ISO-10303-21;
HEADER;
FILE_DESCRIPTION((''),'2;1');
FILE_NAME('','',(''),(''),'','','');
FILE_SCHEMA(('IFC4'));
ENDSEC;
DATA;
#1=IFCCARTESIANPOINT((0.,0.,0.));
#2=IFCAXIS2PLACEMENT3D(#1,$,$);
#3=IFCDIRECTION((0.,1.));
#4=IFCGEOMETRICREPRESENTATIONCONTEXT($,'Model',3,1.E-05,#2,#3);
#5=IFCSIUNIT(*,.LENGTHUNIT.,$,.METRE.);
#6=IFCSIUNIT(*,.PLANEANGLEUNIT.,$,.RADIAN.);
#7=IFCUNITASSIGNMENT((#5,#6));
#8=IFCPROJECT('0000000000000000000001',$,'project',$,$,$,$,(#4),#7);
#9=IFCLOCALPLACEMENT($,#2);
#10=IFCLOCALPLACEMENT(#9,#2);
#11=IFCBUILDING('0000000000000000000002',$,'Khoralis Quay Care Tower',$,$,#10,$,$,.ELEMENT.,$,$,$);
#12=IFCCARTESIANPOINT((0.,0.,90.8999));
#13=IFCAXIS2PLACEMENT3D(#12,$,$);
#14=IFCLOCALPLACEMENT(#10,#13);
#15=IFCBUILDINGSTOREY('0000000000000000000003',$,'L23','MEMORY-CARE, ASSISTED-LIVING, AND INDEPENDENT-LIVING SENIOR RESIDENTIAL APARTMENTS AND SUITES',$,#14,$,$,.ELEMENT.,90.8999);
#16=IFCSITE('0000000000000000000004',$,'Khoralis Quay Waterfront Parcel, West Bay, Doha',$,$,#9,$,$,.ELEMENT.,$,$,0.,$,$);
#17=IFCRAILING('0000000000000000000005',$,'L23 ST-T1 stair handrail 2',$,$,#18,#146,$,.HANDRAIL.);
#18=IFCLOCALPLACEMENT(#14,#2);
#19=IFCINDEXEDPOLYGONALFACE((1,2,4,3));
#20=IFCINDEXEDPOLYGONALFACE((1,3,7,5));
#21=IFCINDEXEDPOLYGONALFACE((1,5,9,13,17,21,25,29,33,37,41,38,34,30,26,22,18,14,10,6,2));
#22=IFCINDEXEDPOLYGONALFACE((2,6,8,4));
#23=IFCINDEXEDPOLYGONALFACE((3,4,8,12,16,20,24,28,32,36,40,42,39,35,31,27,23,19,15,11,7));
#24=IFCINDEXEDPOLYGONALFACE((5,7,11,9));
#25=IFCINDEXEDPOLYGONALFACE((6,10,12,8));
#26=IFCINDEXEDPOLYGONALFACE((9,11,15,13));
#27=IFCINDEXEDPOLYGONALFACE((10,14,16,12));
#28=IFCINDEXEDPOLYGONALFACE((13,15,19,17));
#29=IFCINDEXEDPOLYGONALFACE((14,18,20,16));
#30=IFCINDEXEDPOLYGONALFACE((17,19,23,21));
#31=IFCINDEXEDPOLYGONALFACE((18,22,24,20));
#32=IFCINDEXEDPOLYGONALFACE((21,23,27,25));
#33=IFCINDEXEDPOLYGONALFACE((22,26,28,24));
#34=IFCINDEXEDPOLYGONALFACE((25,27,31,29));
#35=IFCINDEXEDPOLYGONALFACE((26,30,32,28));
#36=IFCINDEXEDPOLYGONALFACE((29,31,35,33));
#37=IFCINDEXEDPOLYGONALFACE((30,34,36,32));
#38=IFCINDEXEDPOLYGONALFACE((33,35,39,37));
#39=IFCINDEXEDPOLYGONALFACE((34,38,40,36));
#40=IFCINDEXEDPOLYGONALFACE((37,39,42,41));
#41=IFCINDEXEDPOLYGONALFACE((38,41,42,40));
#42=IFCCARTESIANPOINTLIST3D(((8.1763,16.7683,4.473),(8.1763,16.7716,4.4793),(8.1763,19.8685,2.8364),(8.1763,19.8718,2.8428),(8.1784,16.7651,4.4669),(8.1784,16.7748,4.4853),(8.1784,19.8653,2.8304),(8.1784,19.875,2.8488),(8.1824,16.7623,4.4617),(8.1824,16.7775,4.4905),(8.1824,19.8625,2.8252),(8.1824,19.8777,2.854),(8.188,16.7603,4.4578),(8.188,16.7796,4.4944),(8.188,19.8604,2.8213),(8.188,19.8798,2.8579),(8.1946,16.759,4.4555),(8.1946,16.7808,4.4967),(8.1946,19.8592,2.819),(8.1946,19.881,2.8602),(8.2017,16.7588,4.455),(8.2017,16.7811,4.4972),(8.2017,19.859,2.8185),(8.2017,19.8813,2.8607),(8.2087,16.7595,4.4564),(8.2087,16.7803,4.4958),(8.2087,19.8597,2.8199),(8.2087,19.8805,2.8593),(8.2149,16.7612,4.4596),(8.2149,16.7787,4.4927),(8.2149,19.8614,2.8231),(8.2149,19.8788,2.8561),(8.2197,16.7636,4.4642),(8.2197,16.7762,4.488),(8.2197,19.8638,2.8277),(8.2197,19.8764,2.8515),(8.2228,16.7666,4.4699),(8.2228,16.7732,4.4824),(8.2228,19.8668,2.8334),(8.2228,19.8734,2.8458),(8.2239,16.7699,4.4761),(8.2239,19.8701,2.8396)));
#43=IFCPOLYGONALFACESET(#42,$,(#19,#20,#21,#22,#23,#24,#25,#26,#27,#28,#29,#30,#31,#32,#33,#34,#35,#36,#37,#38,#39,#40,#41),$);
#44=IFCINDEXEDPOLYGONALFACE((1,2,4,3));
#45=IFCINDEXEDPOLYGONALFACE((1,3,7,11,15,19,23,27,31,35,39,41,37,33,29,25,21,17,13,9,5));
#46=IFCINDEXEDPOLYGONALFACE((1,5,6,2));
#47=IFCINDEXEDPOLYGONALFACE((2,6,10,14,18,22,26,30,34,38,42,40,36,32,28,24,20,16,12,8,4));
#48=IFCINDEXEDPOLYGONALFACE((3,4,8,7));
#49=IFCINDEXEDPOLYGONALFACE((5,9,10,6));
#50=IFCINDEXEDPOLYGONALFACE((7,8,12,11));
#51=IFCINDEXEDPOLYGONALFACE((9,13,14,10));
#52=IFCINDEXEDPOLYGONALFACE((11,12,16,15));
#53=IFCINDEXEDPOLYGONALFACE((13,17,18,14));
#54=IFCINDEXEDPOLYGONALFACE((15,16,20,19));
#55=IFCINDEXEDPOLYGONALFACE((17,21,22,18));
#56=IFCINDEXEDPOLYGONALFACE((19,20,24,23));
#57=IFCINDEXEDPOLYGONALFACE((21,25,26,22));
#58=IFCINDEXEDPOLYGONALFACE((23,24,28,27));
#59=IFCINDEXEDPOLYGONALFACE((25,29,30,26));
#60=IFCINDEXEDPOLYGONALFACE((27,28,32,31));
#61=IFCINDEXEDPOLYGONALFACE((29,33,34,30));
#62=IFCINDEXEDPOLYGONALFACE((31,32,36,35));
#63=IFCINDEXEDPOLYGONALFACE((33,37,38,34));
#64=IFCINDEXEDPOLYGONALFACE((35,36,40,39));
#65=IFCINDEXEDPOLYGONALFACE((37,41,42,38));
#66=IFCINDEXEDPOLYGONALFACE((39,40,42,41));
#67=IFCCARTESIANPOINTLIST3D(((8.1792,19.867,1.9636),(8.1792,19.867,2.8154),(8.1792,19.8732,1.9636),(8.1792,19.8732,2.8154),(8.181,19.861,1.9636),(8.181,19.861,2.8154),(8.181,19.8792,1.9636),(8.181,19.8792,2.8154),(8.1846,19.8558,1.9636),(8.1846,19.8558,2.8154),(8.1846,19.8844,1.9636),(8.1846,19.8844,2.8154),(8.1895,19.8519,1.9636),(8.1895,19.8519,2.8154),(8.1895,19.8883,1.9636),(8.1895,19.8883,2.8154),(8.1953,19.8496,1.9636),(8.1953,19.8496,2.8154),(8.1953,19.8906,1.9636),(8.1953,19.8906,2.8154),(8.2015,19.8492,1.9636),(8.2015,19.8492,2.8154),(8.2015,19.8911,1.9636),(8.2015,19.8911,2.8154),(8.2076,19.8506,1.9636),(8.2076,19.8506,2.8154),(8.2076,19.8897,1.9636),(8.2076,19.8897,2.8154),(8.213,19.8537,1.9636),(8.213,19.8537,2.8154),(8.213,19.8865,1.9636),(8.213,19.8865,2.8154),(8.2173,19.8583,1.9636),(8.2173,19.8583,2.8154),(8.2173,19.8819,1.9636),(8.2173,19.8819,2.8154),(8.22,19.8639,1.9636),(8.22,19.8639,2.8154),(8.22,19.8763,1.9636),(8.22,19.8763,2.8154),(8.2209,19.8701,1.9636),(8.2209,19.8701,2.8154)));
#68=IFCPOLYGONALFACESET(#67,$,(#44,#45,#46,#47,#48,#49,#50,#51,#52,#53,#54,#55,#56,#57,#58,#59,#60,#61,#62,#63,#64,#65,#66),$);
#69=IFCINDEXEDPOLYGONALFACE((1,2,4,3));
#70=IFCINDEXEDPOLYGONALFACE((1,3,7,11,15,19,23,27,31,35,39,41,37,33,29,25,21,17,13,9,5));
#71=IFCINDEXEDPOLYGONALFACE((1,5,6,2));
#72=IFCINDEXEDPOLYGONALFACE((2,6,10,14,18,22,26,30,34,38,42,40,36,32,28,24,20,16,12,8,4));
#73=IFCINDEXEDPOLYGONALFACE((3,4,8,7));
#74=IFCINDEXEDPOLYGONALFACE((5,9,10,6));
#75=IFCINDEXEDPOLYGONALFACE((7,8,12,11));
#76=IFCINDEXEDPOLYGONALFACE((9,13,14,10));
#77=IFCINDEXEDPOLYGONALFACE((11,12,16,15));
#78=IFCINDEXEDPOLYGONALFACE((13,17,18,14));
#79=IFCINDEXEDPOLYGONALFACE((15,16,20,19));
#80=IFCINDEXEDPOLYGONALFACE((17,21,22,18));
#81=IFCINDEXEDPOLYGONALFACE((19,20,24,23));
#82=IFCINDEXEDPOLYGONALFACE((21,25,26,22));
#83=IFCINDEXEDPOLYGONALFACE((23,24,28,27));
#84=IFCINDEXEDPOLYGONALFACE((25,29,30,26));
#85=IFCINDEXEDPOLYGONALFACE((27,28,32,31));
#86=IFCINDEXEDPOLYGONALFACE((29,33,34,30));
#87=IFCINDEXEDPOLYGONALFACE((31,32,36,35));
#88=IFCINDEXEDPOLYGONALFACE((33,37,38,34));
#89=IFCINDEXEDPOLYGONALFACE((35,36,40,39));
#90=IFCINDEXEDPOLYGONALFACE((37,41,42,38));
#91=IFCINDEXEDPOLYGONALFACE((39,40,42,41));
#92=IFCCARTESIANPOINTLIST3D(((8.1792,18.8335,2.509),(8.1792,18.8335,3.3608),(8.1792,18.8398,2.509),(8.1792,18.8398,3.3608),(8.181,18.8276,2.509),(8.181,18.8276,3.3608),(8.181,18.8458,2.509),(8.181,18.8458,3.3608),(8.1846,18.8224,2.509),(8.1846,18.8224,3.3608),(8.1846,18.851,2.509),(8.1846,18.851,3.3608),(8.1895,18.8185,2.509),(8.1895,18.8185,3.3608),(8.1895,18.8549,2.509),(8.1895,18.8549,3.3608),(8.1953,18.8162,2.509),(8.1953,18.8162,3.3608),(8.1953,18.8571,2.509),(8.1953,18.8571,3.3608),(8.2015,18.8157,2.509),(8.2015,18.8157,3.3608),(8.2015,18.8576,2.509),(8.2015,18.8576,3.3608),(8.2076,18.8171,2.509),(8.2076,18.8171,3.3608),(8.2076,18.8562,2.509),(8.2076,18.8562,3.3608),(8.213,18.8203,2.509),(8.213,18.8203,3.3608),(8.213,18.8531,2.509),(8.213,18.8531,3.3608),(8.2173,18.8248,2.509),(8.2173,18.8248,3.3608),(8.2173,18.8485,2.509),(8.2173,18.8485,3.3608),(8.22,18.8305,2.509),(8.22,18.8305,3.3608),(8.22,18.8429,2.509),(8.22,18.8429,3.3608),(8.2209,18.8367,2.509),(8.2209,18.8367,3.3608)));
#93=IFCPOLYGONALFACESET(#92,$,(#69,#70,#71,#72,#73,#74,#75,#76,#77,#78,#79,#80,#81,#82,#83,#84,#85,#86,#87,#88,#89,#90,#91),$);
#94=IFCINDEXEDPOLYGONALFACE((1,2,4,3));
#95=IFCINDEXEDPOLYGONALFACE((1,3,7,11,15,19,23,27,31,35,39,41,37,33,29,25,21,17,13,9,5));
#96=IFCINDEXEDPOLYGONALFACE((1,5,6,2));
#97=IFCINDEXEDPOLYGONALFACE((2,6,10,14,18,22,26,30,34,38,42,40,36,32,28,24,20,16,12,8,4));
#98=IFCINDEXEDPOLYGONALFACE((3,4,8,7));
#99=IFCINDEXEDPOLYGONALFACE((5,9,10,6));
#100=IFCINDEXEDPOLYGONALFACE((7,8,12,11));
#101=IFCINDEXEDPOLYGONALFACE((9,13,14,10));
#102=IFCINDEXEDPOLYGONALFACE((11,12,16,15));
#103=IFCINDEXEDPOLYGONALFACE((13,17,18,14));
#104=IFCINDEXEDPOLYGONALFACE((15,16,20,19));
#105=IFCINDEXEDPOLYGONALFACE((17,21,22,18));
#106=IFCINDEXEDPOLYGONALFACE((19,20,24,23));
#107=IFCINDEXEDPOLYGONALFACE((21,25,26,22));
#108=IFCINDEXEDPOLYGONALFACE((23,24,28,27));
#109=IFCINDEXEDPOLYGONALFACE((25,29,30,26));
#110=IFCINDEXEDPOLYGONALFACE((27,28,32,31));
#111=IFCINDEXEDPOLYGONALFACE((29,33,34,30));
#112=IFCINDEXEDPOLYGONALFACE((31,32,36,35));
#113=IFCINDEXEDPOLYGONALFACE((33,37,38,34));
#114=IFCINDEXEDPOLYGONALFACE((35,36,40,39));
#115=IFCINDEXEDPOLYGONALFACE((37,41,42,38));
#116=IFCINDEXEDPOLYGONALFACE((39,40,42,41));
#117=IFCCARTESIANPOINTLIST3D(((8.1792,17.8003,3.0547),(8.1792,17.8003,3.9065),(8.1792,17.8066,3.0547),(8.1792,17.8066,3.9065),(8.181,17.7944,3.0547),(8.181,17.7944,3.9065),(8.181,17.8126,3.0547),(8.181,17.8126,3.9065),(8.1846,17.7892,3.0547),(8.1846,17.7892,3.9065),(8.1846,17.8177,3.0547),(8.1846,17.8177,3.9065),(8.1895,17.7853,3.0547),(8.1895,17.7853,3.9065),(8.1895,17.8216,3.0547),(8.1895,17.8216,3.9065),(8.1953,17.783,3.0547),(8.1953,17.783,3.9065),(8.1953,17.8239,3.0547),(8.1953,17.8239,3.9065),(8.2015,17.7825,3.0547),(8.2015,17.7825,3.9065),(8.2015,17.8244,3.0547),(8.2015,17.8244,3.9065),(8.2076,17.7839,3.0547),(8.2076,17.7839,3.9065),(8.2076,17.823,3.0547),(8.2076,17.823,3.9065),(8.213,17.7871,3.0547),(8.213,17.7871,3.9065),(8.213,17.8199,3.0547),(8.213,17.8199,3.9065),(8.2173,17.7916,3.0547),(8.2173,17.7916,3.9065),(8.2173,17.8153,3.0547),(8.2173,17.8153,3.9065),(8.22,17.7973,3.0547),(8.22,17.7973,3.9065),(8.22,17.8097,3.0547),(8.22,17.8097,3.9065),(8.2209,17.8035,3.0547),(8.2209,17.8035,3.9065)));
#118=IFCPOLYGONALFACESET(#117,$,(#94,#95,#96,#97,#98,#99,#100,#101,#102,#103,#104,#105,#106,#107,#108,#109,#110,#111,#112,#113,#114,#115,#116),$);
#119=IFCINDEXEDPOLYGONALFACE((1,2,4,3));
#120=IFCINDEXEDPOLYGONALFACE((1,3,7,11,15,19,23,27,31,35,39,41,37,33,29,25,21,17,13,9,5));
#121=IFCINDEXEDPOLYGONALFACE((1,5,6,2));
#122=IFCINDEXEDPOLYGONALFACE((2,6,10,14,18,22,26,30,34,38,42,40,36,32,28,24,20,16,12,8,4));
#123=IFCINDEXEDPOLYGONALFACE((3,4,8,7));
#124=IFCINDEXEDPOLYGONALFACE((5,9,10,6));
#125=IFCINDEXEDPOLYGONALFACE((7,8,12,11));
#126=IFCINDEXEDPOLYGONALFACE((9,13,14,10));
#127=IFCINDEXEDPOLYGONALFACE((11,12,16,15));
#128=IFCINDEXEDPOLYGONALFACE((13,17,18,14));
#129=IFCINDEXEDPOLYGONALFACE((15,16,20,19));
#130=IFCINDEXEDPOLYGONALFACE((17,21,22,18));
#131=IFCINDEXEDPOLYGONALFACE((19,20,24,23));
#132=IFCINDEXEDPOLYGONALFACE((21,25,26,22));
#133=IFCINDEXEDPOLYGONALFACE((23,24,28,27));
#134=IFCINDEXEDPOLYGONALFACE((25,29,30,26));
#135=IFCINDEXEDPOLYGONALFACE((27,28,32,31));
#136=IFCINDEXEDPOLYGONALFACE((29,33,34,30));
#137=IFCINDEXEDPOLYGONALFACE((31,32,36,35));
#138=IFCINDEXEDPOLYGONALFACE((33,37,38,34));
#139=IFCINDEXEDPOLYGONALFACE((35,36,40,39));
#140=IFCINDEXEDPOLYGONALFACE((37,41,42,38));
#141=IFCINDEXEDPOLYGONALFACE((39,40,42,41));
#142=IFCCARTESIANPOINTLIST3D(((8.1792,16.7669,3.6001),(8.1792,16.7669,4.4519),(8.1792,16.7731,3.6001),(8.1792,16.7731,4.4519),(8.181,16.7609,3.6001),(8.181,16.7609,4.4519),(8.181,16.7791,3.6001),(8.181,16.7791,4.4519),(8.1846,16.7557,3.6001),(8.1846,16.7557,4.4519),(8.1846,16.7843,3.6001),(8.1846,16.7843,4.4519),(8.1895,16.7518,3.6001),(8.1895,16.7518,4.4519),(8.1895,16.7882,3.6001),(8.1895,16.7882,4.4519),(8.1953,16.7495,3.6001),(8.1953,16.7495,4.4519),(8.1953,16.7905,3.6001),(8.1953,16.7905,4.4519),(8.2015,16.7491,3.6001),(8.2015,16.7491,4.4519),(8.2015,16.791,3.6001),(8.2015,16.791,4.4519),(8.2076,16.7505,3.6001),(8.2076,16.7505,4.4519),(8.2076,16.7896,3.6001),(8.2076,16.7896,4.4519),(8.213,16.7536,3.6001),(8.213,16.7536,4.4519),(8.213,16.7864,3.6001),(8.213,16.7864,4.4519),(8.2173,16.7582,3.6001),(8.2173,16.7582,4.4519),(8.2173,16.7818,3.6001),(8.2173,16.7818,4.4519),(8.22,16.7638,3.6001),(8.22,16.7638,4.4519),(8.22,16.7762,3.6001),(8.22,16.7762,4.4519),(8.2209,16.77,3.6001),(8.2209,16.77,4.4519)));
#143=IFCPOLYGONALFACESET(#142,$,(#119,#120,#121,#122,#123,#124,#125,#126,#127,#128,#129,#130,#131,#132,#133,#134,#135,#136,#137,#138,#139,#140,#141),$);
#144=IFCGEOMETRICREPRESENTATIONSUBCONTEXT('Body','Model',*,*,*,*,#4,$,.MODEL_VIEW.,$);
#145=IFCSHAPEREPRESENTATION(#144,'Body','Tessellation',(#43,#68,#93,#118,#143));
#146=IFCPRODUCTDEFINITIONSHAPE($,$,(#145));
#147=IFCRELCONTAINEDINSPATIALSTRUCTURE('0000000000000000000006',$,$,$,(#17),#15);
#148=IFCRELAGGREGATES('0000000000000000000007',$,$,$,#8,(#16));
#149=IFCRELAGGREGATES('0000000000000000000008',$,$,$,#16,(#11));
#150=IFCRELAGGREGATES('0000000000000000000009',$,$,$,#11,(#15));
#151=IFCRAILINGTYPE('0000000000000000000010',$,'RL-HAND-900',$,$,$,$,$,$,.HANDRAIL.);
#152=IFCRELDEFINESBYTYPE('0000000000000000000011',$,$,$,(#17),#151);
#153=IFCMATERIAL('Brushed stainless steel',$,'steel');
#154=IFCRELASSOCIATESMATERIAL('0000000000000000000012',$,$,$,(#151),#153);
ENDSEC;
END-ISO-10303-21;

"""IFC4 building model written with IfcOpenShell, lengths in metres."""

from ifc_helpers import new_model, si_unit, direction, frame, origin, origin_2d, place, context, subcontext, project, spatial, circle, extrude, material, type_object, element, save


model = new_model("IFC4")

# Units and contexts
model_context = context("Model", 3, precision=1e-05, world=origin(), true_north=direction((0.0, 1.0)))
body_context = subcontext(model_context, "Body", "Model", "MODEL_VIEW")
ifc_project = project(units=[si_unit("LENGTHUNIT", "METRE"), si_unit("PLANEANGLEUNIT", "RADIAN")], contexts=[model_context])

# Site, building, storey
site_placement = place(None, origin())
site = spatial("IfcSite", under=ifc_project, at=site_placement, Name="Khoralis Quay Waterfront Parcel, West Bay, Doha", CompositionType="ELEMENT", RefElevation=0.0)
building_placement = place(site_placement, origin())
building = spatial("IfcBuilding", under=site, at=building_placement, Name="Khoralis Quay Care Tower", CompositionType="ELEMENT")
storey_placement = place(building_placement, frame((0.0, 0.0, 90.8999)))
storey = spatial("IfcBuildingStorey", under=building, at=storey_placement, Name="L23", Description="MEMORY-CARE, ASSISTED-LIVING, AND INDEPENDENT-LIVING SENIOR RESIDENTIAL APARTMENTS AND SUITES", CompositionType="ELEMENT", Elevation=90.8999)

# Shared definitions
ifc_material_1 = material(Name="Brushed stainless steel", Category="steel")

# Railing
railing_type_1 = type_object("IfcRailingType", Name="RL-HAND-900", PredefinedType="HANDRAIL", material=ifc_material_1)
railing_1_placement = place(storey_placement, frame((8.2, 19.8701, 1.9636)))
element("IfcRailing", 1, at=railing_1_placement, inside=storey, type_object=railing_type_1, Name="L23 ST-T1 stair handrail 2", PredefinedType="HANDRAIL", context=body_context, shape_type="SweptSolid", body=[
    extrude(circle(Radius=0.0239, at=origin_2d()), frame((0.0, 0.0, 0.876), z_axis=(0.0, -0.884348, 0.466828), x_axis=(1.0, 0.0, 0.0)), (0.0, 0.0, 1.0), 3.5056),
    extrude(circle(Radius=0.021, at=origin_2d()), origin(), (0.0, 0.0, 1.0), 0.8518),
    extrude(circle(Radius=0.021, at=origin_2d()), frame((0.0, -1.0334, 0.5454)), (0.0, 0.0, 1.0), 0.8518),
    extrude(circle(Radius=0.021, at=origin_2d()), frame((0.0, -2.0667, 1.0911)), (0.0, 0.0, 1.0), 0.8518),
    extrude(circle(Radius=0.021, at=origin_2d()), frame((0.0, -3.1001, 1.6365)), (0.0, 0.0, 1.0), 0.8518),
])

save(model, "model.ifc")
